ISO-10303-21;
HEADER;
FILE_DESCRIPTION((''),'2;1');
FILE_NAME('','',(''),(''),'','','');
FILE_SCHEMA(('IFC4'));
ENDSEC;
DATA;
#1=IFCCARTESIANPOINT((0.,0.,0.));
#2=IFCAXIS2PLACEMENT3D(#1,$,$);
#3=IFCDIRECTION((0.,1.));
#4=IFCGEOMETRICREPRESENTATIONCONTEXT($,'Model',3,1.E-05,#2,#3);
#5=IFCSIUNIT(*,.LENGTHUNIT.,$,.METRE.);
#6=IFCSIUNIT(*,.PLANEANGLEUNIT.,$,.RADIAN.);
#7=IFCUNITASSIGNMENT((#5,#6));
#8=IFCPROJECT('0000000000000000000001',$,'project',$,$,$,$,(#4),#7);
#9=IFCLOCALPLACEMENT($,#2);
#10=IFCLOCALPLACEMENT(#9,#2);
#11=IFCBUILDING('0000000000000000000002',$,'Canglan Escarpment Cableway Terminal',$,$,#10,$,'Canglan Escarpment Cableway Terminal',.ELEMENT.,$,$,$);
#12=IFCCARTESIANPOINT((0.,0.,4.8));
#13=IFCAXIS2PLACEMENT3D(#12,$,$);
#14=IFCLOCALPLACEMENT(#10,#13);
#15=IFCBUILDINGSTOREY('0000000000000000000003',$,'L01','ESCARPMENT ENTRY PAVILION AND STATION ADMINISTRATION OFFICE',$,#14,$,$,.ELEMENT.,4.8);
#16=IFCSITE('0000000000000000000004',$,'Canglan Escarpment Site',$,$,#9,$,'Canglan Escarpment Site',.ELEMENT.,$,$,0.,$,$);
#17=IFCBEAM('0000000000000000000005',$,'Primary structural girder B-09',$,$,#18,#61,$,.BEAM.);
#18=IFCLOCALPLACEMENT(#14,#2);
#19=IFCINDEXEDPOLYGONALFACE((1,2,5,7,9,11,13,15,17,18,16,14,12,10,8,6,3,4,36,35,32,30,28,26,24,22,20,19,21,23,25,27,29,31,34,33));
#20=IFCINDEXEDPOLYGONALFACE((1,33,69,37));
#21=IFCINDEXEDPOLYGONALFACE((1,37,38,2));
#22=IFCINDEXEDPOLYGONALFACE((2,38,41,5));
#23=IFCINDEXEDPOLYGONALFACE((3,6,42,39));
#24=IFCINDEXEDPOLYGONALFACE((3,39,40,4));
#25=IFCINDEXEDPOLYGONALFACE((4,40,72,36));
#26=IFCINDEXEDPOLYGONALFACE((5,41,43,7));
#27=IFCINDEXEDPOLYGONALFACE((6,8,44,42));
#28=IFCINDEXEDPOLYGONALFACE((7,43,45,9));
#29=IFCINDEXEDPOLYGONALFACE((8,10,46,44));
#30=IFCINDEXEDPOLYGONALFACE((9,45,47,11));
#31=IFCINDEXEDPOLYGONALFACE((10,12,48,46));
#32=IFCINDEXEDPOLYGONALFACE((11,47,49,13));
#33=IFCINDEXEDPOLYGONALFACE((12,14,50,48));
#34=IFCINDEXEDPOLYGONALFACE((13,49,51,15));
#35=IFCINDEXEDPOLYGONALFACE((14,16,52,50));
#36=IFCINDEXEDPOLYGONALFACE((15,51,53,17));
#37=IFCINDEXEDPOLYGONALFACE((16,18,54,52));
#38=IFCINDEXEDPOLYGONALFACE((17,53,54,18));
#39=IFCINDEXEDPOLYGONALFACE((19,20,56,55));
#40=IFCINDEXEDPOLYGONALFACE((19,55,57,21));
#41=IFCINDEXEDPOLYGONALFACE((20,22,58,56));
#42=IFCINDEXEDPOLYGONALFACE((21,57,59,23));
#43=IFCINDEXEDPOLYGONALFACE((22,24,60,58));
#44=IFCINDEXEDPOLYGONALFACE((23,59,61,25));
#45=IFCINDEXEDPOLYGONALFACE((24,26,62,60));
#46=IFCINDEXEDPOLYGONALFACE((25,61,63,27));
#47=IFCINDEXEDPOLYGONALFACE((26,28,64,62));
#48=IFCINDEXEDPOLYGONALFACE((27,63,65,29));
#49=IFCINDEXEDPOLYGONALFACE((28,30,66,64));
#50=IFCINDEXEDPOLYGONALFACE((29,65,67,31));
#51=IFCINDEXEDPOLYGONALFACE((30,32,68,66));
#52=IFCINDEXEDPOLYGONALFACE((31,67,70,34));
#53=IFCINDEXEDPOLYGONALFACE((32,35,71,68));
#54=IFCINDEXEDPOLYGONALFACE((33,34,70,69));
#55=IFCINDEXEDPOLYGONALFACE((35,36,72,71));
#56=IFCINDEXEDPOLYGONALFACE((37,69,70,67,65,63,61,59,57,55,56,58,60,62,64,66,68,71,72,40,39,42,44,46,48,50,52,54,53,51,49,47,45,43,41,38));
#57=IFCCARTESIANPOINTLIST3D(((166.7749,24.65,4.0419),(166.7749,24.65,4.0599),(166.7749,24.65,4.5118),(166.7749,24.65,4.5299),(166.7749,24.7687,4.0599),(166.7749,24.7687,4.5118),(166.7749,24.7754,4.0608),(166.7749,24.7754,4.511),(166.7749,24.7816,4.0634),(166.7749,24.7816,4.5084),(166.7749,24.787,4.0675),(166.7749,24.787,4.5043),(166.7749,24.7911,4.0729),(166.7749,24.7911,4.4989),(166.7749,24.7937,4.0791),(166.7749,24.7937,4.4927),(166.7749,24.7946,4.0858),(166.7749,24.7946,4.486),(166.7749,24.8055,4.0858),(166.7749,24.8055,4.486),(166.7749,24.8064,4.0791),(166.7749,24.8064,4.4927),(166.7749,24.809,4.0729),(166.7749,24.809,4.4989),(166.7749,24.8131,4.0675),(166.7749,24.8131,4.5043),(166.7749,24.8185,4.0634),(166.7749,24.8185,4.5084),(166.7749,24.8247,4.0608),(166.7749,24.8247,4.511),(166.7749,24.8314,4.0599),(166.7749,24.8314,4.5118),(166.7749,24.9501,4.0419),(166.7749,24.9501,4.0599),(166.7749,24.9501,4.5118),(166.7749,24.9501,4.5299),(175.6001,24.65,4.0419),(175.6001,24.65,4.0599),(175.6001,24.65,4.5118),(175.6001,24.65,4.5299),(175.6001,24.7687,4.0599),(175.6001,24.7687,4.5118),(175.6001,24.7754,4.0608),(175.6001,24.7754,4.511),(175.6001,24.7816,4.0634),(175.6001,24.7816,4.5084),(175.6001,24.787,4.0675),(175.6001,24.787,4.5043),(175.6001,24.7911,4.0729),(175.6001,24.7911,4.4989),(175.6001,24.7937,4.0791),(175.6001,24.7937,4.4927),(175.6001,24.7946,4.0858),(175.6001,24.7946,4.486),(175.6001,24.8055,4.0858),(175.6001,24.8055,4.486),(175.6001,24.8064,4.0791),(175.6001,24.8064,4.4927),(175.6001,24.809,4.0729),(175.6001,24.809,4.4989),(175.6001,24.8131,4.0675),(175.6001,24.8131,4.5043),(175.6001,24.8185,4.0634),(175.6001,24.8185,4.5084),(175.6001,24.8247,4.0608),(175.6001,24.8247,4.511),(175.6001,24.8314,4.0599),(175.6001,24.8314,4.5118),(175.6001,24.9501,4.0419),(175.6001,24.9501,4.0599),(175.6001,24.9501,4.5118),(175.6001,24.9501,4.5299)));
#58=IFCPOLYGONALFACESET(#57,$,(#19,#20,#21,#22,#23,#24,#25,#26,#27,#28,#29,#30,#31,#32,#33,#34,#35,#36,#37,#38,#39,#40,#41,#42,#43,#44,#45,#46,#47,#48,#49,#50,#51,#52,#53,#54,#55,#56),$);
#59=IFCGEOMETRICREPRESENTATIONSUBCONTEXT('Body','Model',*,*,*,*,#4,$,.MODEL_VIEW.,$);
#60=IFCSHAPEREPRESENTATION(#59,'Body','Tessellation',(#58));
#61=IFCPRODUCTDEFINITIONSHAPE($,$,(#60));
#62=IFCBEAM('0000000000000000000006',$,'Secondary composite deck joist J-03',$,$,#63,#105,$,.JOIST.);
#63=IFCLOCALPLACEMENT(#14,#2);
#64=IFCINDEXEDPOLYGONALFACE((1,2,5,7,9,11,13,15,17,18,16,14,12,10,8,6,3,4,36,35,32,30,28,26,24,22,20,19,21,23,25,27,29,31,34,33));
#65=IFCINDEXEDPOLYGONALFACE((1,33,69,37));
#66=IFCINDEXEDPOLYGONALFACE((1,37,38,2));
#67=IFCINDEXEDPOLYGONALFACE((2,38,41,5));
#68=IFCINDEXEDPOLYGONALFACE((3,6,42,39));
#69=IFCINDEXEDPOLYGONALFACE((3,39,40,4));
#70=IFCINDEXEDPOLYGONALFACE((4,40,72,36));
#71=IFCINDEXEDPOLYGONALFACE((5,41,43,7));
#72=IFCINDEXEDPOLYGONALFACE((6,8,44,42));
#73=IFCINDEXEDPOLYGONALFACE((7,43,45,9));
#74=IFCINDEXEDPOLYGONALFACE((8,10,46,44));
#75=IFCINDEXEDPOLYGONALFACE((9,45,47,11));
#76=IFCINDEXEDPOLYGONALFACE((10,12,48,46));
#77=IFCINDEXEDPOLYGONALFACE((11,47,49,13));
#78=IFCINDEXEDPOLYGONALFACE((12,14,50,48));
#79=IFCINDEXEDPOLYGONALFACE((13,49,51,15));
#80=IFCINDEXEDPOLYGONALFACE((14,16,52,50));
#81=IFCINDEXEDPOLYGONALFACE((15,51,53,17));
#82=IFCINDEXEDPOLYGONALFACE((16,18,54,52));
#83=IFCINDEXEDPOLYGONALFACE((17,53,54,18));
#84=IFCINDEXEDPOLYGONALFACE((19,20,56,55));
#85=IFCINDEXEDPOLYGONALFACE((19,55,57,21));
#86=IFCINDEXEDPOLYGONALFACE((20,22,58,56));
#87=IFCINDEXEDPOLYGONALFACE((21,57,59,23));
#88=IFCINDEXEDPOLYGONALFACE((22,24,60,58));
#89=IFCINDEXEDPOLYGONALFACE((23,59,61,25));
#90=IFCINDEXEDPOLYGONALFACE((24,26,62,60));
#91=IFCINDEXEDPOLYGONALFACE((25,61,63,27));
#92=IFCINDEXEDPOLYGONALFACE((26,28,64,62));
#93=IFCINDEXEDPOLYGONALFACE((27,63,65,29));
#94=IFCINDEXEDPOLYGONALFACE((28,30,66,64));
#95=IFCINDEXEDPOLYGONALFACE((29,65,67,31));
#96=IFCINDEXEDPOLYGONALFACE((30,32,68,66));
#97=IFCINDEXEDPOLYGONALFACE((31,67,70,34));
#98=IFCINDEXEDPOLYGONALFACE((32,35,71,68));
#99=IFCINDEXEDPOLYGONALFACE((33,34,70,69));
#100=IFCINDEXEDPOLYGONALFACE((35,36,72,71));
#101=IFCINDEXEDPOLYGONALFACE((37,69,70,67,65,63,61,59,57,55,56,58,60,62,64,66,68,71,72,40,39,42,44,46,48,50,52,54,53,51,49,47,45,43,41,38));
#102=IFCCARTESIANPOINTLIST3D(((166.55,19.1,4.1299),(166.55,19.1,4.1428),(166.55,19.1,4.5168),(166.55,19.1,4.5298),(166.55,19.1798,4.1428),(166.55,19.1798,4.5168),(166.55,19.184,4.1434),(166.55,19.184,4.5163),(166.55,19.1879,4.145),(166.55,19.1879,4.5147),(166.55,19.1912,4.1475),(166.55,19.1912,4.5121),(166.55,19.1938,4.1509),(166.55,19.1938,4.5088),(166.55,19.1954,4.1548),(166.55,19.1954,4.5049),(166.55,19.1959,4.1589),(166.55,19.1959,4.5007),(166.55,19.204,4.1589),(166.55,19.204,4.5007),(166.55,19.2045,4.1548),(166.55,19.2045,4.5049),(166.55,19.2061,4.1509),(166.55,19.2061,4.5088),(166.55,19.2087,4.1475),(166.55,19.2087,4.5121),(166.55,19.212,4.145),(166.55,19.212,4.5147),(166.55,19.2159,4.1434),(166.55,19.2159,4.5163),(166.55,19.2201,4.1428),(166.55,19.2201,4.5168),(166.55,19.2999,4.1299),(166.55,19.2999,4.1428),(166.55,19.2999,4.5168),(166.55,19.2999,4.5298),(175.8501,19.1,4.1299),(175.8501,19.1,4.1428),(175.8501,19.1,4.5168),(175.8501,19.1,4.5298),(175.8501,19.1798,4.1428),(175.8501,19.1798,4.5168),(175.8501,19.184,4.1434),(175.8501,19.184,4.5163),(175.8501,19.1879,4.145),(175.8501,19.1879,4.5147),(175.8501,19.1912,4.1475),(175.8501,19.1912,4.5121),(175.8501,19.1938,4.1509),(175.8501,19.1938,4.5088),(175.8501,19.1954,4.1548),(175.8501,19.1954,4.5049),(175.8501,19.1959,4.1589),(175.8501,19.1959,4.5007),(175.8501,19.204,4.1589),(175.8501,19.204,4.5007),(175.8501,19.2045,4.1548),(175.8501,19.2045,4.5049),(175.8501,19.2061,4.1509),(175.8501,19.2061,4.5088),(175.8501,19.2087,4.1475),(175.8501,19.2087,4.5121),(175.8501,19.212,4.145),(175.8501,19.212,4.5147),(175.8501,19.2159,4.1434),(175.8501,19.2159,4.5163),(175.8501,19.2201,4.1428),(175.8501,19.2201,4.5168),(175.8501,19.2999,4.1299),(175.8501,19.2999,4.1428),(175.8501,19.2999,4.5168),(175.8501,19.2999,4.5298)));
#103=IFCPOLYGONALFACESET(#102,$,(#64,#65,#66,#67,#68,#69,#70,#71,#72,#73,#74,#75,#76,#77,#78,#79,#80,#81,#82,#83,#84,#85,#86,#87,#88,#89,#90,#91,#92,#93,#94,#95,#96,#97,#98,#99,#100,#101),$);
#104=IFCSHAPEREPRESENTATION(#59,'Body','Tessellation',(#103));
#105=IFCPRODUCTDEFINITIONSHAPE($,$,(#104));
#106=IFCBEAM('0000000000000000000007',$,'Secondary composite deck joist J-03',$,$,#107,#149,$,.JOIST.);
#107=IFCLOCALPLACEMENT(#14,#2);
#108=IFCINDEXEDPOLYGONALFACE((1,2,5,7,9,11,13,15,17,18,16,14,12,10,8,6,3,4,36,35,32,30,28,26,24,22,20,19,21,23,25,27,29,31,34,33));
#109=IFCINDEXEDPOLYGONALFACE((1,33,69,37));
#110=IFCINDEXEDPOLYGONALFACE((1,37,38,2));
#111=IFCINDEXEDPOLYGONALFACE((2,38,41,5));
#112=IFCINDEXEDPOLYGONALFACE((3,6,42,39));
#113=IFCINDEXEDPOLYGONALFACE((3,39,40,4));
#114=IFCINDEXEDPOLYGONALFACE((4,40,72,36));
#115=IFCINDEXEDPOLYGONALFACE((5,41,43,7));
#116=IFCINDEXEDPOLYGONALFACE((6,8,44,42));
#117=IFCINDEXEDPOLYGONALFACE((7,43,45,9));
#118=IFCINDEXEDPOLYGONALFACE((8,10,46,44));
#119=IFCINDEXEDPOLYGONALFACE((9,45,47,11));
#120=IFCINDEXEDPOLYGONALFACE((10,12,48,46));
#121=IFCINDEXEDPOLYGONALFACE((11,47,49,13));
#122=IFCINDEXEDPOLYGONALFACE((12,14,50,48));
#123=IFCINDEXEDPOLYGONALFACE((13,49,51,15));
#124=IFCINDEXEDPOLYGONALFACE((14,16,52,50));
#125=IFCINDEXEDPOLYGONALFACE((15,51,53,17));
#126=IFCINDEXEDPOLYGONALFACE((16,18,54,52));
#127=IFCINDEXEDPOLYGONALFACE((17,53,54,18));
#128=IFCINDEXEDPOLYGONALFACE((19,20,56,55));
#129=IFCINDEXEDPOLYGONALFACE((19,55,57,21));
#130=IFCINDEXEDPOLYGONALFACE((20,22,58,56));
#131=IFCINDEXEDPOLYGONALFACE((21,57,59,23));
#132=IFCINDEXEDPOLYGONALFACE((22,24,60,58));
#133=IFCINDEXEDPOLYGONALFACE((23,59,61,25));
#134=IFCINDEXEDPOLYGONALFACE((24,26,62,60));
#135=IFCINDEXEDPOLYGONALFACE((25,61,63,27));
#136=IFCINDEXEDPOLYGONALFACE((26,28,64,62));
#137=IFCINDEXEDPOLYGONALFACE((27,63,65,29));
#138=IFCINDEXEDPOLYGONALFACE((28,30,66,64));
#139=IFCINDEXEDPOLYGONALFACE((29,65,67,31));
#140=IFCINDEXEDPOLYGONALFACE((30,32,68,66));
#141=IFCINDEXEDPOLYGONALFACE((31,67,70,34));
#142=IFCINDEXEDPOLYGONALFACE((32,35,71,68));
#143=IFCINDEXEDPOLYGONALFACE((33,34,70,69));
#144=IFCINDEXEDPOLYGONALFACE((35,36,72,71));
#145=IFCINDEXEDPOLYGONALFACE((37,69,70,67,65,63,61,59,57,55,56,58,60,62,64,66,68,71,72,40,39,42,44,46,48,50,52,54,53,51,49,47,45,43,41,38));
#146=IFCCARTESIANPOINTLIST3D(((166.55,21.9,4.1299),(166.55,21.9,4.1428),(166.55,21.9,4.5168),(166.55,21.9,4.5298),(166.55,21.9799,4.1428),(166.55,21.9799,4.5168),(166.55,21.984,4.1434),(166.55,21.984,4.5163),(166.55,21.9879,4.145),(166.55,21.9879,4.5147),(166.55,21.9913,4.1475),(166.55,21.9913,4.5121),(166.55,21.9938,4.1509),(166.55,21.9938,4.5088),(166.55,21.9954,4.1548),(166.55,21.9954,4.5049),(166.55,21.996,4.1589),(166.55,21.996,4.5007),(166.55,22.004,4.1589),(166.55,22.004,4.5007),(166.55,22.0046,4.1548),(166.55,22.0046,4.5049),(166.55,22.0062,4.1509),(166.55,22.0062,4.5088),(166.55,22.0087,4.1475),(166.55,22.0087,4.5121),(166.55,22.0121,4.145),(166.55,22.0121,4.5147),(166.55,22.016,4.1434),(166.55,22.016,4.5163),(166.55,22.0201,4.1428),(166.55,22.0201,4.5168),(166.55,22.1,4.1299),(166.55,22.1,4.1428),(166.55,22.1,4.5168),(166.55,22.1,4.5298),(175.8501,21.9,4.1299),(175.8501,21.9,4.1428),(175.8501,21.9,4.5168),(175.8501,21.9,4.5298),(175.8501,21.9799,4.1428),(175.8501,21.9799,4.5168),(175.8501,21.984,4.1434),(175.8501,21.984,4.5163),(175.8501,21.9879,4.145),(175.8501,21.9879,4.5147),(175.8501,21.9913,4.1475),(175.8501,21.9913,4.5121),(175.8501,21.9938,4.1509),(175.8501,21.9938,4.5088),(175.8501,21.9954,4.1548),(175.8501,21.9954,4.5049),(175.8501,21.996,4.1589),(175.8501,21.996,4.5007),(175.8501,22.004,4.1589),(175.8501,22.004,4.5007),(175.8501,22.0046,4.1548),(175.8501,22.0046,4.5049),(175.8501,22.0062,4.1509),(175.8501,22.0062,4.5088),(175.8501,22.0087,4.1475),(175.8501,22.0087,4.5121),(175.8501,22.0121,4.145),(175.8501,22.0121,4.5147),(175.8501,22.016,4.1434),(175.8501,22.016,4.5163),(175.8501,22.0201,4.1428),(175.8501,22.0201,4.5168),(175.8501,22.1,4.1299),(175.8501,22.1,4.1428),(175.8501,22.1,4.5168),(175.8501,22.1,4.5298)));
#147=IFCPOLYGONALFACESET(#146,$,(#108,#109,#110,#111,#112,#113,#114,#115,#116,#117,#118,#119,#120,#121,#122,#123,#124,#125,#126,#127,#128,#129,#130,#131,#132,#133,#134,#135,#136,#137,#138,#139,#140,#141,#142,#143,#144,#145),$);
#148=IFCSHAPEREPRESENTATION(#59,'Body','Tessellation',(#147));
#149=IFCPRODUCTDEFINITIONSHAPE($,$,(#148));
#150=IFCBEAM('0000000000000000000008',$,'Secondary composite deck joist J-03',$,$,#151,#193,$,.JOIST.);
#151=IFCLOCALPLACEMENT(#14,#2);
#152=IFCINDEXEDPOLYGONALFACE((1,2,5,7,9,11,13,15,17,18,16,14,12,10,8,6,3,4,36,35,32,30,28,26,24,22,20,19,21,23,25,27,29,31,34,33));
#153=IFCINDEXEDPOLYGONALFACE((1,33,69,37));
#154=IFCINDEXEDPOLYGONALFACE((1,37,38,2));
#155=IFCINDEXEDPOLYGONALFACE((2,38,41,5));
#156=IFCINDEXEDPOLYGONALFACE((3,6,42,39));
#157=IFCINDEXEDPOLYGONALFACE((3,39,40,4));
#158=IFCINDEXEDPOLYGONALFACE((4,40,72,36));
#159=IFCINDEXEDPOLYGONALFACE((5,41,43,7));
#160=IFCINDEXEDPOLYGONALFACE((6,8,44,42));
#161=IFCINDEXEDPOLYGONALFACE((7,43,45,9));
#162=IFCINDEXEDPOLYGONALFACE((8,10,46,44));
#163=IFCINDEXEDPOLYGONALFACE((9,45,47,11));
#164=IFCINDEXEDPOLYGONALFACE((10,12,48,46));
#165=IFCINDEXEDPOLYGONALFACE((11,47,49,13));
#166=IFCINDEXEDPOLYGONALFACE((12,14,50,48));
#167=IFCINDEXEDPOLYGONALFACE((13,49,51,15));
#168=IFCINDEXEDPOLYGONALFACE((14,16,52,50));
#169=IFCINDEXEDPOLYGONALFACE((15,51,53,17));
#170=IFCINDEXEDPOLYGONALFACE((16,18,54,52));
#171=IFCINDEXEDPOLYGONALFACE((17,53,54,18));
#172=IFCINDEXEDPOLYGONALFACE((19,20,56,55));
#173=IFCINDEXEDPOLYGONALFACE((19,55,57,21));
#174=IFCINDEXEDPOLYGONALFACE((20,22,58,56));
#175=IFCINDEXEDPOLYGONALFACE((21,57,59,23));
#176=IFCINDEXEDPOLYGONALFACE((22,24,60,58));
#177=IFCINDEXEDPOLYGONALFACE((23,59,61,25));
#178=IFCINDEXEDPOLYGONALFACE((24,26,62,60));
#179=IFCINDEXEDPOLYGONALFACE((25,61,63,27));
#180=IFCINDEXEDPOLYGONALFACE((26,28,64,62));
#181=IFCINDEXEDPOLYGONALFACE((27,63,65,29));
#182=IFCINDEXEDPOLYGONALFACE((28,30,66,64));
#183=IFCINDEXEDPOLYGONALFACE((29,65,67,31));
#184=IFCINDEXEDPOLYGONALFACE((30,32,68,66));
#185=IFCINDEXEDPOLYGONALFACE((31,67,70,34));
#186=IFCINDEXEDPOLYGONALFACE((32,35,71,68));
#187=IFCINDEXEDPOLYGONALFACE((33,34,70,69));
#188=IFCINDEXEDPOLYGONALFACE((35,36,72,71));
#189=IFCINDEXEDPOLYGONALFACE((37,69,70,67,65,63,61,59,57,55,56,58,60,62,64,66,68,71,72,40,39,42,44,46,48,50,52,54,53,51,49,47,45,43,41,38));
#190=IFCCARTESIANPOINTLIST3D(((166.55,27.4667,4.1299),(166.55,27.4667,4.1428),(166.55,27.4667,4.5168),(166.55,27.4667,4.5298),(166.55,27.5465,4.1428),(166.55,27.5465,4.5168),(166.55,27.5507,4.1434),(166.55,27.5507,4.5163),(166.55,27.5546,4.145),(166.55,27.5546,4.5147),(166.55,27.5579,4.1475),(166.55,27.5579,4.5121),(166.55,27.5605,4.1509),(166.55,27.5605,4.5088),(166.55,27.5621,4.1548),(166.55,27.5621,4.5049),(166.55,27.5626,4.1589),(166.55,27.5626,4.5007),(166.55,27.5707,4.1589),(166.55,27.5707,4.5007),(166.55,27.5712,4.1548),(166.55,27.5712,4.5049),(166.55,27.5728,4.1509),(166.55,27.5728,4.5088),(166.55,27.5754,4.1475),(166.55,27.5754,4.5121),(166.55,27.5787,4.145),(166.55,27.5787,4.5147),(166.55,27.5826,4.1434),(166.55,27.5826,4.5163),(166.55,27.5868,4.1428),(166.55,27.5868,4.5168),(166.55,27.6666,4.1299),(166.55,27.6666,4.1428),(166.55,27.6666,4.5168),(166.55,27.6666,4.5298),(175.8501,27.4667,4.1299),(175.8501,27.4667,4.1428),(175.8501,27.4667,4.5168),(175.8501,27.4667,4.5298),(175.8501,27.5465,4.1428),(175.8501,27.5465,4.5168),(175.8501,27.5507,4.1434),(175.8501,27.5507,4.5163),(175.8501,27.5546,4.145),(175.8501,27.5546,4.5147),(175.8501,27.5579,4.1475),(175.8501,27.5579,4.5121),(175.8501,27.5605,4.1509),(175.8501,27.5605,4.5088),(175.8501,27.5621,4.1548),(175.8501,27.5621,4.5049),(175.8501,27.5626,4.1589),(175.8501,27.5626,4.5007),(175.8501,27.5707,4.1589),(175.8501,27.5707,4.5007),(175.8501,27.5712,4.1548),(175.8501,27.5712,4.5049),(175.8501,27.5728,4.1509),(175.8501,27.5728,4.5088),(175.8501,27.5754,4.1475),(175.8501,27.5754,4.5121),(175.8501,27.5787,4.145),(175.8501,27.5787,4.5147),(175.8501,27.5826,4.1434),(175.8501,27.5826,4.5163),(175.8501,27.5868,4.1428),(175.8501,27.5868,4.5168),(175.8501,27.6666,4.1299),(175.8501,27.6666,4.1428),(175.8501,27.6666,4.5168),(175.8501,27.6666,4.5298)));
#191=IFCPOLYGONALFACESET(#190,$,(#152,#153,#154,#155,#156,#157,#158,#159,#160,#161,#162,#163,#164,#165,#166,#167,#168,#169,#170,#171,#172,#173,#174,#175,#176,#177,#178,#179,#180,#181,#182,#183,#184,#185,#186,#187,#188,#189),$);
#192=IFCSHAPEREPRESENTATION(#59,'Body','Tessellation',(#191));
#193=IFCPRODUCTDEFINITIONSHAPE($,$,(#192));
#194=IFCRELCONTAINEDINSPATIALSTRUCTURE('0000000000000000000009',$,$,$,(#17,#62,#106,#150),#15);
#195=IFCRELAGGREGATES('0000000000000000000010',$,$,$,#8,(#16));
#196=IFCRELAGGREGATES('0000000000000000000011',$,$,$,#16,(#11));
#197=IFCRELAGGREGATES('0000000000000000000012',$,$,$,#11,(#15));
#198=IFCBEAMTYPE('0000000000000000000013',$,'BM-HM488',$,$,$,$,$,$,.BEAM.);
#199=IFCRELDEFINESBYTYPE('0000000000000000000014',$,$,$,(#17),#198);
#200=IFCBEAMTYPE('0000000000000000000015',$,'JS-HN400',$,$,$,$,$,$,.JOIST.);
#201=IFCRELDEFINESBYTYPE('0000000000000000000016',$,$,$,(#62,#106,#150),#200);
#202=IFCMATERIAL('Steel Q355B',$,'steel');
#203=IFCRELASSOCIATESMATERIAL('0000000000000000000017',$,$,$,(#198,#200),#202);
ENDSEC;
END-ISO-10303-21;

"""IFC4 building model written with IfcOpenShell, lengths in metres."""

from ifc_helpers import new_model, si_unit, direction, frame, origin, origin_2d, place, context, subcontext, project, spatial, i_section, extrude, material, material_profile, profile_set, type_object, element, save


model = new_model("IFC4")

# Units and contexts
model_context = context("Model", 3, precision=1e-05, world=origin(), true_north=direction((0.0, 1.0)))
body_context = subcontext(model_context, "Body", "Model", "MODEL_VIEW")
ifc_project = project(units=[si_unit("LENGTHUNIT", "METRE"), si_unit("PLANEANGLEUNIT", "RADIAN")], contexts=[model_context])

# Site, building, storey
site_placement = place(None, origin())
site = spatial("IfcSite", under=ifc_project, at=site_placement, Name="Canglan Escarpment Site", LongName="Canglan Escarpment Site", CompositionType="ELEMENT", RefElevation=0.0)
building_placement = place(site_placement, origin())
building = spatial("IfcBuilding", under=site, at=building_placement, Name="Canglan Escarpment Cableway Terminal", LongName="Canglan Escarpment Cableway Terminal", CompositionType="ELEMENT")
storey_placement = place(building_placement, frame((0.0, 0.0, 4.8)))
storey = spatial("IfcBuildingStorey", under=building, at=storey_placement, Name="L01", Description="ESCARPMENT ENTRY PAVILION AND STATION ADMINISTRATION OFFICE", CompositionType="ELEMENT", Elevation=4.8)

# Beams
ifc_material_1 = material(Name="Steel Q355B", Category="steel")
ifc_material_profile_1 = material_profile(ifc_material_1, i_section(OverallWidth=0.3, OverallDepth=0.488, WebThickness=0.011, FlangeThickness=0.0181, FilletRadius=0.0259, at=origin_2d()), Name="HM 488x300x11x18")
ifc_profile_set_1 = profile_set([ifc_material_profile_1], Name="Steel Q355B")
beam_type_1 = type_object("IfcBeamType", Name="BM-HM488", PredefinedType="BEAM", material=ifc_profile_set_1)
beam_1_placement = place(storey_placement, frame((166.7749, 24.8, 4.2859), z_axis=(1.0, 0.0, 0.0), x_axis=(0.0, 1.0, 0.0)))
element("IfcBeam", 1, at=beam_1_placement, inside=storey, type_object=beam_type_1, Name="Primary structural girder B-09", PredefinedType="BEAM", context=body_context, shape_type="SweptSolid", body=[
    extrude(i_section(OverallWidth=0.3, OverallDepth=0.488, WebThickness=0.011, FlangeThickness=0.0181, FilletRadius=0.0259, at=origin_2d()), origin(), (0.0, 0.0, 1.0), 8.8252),
])
ifc_material_profile_2 = material_profile(ifc_material_1, i_section(OverallWidth=0.2, OverallDepth=0.3999, WebThickness=0.0081, FlangeThickness=0.0129, FilletRadius=0.0161, at=origin_2d()), Name="HN 400x200x8x13")
ifc_profile_set_2 = profile_set([ifc_material_profile_2], Name="Steel Q355B")
beam_type_2 = type_object("IfcBeamType", Name="JS-HN400", PredefinedType="JOIST", material=ifc_profile_set_2)
for number, where, z_axis, x_axis, name in (
    (2, (166.55, 19.2, 4.3298), (1.0, 0.0, 0.0), (0.0, 1.0, 0.0), "Secondary composite deck joist J-03"),
    (3, (166.55, 22.0, 4.3298), (1.0, 0.0, 0.0), (0.0, 1.0, 0.0), "Secondary composite deck joist J-03"),
    (4, (166.55, 27.5667, 4.3298), (1.0, 0.0, 0.0), (0.0, 1.0, 0.0), "Secondary composite deck joist J-03"),
):
    element("IfcBeam", number, at=place(storey_placement, frame(where, z_axis=z_axis, x_axis=x_axis)), inside=storey, type_object=beam_type_2, Name=name, PredefinedType="JOIST", context=body_context, shape_type="SweptSolid", body=[
        extrude(i_section(OverallWidth=0.2, OverallDepth=0.3999, WebThickness=0.0081, FlangeThickness=0.0129, FilletRadius=0.0161, at=origin_2d()), origin(), (0.0, 0.0, 1.0), 9.3),
    ])

save(model, "model.ifc")
